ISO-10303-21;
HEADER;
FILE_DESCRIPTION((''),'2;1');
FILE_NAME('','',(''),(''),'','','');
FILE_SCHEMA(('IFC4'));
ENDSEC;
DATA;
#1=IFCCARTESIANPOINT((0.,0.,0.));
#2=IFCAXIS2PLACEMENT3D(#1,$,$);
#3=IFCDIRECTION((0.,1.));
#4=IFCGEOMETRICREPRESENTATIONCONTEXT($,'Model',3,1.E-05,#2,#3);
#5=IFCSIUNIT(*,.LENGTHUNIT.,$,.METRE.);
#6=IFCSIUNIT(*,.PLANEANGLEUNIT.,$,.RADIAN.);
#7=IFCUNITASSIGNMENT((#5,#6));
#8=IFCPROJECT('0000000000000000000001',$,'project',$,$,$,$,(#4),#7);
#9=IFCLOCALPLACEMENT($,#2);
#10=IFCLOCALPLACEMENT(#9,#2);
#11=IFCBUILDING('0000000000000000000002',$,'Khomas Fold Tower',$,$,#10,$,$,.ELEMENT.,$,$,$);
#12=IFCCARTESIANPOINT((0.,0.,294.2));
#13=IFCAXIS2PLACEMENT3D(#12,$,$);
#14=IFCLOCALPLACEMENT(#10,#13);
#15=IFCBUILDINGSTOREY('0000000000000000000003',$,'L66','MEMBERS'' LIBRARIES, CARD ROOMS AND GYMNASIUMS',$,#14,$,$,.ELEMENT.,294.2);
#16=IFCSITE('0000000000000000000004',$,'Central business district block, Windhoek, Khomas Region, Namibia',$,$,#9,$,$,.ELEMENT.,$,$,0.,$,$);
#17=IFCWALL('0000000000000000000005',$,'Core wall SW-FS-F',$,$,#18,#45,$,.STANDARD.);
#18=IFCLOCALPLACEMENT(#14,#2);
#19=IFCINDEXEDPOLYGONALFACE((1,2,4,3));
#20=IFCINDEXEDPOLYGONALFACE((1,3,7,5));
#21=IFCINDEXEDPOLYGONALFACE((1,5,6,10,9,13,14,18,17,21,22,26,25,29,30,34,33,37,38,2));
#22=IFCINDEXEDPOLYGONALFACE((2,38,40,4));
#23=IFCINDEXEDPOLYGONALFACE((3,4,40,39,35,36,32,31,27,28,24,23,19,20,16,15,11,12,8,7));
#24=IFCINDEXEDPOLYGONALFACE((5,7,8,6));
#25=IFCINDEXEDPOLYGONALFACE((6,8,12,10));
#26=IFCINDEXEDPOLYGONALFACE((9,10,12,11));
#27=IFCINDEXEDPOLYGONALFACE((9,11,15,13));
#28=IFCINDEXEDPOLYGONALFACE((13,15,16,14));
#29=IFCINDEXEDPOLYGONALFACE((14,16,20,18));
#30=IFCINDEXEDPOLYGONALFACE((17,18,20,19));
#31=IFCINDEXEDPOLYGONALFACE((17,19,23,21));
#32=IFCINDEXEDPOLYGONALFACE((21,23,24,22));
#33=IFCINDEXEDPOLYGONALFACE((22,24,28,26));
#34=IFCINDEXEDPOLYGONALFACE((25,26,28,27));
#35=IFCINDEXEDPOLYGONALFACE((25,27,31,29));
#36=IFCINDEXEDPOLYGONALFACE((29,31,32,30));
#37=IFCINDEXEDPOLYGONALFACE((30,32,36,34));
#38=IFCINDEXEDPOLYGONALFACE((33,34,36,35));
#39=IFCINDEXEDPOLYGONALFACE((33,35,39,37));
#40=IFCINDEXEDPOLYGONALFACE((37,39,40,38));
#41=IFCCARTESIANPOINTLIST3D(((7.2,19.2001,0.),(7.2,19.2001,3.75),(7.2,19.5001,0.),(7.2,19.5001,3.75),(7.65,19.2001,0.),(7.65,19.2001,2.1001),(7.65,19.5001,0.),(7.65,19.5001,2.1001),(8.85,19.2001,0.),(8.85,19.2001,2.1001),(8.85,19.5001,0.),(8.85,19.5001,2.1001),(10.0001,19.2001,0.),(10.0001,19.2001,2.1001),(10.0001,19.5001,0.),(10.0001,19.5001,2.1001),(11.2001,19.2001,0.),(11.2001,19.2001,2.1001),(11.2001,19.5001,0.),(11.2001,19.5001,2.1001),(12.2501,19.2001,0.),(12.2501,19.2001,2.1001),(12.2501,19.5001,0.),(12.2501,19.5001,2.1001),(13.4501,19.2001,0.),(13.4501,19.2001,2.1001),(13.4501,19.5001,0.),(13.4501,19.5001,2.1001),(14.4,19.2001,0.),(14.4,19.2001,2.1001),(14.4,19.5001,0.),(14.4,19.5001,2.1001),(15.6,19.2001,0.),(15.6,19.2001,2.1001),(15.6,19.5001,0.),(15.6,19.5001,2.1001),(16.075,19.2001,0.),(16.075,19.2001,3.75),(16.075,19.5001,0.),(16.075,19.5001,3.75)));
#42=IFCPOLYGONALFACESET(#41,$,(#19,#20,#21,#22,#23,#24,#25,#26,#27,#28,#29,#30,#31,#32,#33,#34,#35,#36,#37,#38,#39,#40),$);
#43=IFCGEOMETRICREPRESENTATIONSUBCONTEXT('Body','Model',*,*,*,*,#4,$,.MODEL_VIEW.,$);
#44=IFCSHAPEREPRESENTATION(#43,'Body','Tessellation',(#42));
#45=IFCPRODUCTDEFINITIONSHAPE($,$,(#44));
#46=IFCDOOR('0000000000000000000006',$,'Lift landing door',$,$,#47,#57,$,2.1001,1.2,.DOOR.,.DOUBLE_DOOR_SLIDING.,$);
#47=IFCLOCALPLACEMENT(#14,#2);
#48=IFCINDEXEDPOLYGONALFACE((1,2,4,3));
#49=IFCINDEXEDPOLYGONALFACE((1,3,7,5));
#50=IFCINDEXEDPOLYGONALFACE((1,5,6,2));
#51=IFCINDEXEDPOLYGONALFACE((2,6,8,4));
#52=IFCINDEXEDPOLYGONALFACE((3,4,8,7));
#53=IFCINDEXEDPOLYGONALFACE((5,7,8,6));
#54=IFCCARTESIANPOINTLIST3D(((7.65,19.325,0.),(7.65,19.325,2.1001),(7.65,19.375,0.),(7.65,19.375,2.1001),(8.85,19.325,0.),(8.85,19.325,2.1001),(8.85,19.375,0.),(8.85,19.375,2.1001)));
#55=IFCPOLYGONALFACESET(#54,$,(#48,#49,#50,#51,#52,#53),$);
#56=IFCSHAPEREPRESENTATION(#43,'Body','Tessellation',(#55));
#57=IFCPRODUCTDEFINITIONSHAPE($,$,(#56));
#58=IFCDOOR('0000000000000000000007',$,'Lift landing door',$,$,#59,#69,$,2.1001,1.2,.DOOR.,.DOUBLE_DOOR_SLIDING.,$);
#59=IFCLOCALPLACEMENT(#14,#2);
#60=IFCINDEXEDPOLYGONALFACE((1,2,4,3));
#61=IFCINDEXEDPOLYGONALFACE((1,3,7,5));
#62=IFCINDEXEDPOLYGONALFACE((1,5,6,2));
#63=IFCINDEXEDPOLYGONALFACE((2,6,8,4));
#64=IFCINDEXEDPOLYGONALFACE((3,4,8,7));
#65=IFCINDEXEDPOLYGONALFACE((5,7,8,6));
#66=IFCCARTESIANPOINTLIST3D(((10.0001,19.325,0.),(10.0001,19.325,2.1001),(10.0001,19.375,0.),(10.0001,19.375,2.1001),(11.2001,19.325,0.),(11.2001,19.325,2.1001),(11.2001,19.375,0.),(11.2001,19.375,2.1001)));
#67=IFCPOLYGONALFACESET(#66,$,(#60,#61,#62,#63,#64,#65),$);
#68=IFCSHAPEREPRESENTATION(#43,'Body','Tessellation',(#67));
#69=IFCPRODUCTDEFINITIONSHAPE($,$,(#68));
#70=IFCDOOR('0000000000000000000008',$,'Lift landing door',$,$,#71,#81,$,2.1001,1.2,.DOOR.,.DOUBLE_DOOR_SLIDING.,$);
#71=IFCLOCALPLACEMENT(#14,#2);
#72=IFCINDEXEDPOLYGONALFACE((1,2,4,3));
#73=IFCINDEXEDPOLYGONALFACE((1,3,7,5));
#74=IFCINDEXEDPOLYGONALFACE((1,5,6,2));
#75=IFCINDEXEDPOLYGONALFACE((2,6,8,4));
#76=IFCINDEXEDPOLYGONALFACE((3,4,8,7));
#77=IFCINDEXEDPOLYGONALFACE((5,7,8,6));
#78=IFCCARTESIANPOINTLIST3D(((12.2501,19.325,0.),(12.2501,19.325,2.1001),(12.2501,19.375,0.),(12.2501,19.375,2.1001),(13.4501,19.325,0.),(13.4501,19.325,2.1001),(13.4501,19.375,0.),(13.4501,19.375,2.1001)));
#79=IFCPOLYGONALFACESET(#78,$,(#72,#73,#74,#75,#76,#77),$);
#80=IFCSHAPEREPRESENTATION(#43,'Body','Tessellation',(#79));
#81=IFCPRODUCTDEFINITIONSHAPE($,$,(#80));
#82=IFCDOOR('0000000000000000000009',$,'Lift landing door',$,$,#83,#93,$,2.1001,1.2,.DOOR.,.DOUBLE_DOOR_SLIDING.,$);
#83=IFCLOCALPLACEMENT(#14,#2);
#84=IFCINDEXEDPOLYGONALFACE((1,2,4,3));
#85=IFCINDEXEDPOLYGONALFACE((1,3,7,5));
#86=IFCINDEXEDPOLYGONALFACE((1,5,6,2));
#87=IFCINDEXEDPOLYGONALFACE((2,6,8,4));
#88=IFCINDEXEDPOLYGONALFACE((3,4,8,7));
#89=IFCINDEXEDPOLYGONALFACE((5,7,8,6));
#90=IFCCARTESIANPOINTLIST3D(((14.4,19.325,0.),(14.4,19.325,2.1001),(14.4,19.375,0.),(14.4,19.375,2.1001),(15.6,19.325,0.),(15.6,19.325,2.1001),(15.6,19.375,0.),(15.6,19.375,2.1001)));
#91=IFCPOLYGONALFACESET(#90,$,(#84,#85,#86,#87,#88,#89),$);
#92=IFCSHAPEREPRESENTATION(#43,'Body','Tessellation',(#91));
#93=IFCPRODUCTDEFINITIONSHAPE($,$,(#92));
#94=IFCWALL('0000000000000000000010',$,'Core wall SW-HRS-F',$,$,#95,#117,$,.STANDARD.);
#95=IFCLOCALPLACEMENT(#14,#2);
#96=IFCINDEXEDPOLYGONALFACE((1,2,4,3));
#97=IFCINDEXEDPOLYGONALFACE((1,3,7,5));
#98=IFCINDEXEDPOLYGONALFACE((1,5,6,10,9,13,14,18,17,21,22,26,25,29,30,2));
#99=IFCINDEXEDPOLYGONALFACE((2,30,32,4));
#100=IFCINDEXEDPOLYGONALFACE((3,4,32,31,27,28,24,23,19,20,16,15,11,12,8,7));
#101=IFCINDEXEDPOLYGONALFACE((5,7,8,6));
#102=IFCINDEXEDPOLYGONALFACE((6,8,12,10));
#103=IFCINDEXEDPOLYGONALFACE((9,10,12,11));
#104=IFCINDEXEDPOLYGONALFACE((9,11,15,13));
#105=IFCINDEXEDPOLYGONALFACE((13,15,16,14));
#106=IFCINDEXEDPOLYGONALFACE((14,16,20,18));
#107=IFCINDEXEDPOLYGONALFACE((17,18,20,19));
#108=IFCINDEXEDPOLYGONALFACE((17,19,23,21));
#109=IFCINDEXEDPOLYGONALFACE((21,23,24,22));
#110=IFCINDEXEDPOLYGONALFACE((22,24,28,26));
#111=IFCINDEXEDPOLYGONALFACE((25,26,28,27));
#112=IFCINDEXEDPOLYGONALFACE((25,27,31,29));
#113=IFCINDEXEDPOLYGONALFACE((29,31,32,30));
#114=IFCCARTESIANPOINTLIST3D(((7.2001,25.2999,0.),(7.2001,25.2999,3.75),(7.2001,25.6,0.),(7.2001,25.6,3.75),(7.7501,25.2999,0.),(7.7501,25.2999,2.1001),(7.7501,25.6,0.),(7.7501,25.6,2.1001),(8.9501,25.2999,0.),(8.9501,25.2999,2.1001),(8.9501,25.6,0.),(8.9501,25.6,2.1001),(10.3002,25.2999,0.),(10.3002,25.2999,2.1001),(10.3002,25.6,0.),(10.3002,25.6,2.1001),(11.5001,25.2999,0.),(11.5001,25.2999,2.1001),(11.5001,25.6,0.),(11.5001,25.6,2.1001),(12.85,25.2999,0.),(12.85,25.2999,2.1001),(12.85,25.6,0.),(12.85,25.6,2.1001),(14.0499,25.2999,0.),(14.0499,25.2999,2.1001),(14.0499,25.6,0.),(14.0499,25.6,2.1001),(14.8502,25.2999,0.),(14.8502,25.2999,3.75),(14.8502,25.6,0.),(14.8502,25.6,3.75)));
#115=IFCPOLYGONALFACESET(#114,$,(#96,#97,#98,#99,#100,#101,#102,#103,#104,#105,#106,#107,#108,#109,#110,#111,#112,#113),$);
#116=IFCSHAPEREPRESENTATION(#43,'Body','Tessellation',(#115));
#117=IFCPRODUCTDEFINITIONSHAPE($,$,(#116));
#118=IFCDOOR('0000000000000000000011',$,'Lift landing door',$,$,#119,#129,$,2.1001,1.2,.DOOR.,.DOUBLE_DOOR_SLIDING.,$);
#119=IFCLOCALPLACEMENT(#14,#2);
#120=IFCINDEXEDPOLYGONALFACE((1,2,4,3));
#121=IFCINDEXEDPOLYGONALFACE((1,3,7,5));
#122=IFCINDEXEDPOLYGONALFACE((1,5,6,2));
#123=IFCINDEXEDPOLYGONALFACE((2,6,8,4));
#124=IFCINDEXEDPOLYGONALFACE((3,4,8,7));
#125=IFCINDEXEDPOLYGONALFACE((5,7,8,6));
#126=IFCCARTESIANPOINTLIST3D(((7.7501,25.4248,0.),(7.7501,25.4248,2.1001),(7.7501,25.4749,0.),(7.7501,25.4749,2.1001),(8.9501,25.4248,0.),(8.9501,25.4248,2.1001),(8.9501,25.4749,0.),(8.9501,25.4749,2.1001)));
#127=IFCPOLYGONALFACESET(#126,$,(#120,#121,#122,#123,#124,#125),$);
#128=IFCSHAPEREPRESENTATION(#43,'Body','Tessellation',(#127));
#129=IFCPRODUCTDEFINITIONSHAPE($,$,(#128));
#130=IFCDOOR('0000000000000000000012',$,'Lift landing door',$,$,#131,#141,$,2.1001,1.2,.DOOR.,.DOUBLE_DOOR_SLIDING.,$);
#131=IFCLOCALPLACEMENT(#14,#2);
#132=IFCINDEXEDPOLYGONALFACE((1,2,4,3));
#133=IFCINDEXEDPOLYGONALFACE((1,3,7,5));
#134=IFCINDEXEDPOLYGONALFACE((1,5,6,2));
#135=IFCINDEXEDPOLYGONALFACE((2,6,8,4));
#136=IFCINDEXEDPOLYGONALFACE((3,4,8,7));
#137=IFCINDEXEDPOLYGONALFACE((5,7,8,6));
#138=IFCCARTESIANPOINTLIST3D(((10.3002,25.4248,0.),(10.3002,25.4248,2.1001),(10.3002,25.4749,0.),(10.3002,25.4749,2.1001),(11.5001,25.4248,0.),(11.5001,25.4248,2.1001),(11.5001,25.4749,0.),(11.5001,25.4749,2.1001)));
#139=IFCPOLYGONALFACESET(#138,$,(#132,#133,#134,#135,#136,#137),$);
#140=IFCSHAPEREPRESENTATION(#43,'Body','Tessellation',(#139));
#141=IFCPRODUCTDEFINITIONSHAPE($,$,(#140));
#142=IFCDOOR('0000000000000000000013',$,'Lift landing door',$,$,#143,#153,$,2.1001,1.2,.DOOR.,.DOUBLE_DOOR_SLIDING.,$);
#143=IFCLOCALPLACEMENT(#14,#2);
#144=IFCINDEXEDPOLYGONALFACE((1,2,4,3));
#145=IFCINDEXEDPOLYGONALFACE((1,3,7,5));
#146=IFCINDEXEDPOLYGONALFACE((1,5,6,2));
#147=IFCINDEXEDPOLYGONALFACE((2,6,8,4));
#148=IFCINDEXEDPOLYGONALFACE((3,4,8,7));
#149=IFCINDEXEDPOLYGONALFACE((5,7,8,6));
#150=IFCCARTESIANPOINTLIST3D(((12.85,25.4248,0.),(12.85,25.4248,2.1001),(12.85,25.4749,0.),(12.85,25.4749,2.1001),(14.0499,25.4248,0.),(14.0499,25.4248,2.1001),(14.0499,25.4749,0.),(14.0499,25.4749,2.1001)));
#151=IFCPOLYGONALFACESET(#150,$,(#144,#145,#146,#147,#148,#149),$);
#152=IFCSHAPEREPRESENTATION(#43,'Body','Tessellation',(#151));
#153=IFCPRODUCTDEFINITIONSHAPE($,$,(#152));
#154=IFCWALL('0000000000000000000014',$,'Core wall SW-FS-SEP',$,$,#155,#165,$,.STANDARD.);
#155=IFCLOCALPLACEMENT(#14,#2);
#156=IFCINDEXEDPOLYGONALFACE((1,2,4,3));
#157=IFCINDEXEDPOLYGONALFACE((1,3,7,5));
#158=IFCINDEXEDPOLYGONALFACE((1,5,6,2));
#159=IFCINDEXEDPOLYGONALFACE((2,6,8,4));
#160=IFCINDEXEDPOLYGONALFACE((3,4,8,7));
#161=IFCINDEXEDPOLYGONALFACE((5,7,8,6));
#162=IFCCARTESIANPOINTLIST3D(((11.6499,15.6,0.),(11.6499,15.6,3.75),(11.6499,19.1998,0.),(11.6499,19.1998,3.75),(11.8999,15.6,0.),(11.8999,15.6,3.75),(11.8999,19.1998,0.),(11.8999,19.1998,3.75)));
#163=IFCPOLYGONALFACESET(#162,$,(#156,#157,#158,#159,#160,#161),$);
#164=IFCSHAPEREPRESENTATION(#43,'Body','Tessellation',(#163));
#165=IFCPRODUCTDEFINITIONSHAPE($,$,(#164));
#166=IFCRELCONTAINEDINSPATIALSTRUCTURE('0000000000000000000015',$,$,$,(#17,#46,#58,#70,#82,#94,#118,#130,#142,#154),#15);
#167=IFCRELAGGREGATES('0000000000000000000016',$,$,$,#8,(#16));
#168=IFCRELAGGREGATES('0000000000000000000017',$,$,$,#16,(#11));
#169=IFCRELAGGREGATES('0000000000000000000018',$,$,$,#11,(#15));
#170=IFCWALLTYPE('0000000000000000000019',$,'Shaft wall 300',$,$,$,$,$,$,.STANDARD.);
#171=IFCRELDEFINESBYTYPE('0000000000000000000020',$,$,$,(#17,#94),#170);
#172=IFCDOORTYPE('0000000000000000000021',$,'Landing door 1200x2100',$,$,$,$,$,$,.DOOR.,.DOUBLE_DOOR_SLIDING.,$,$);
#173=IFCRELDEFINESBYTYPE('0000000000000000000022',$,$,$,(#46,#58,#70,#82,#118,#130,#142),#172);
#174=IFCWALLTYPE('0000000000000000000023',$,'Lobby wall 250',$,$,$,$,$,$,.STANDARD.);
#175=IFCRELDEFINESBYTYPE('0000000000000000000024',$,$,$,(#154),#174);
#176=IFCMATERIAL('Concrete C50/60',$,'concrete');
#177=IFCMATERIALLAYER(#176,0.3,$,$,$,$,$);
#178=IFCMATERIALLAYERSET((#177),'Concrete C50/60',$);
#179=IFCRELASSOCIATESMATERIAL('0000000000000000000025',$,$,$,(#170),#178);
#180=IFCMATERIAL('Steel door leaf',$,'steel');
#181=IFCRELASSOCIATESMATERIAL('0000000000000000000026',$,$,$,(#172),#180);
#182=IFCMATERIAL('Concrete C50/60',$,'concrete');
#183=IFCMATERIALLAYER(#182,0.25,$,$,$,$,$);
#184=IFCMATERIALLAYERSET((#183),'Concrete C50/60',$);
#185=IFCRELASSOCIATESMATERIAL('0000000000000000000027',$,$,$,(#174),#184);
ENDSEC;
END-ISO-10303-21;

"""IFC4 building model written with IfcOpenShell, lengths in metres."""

from ifc_helpers import new_model, si_unit, direction, frame, frame_2d, origin, place, context, subcontext, project, spatial, rectangle, extrude, source, transform, mapped, material, layer, layer_set, type_object, element, fill, save


model = new_model("IFC4")

# Units and contexts
model_context = context("Model", 3, precision=1e-05, world=origin(), true_north=direction((0.0, 1.0)))
body_context = subcontext(model_context, "Body", "Model", "MODEL_VIEW")
ifc_project = project(units=[si_unit("LENGTHUNIT", "METRE"), si_unit("PLANEANGLEUNIT", "RADIAN")], contexts=[model_context])

# Site, building, storey
site_placement = place(None, origin())
site = spatial("IfcSite", under=ifc_project, at=site_placement, Name="Central business district block, Windhoek, Khomas Region, Namibia", CompositionType="ELEMENT", RefElevation=0.0)
building_placement = place(site_placement, origin())
building = spatial("IfcBuilding", under=site, at=building_placement, Name="Khomas Fold Tower", CompositionType="ELEMENT")
storey_placement = place(building_placement, frame((0.0, 0.0, 294.2)))
storey = spatial("IfcBuildingStorey", under=building, at=storey_placement, Name="L66", Description="MEMBERS' LIBRARIES, CARD ROOMS AND GYMNASIUMS", CompositionType="ELEMENT", Elevation=294.2)

# Shared definitions
ifc_material_1 = material(Name="Concrete C50/60", Category="concrete")
ifc_layer_1 = layer(ifc_material_1, 0.3)
ifc_layer_set_1 = layer_set([ifc_layer_1], Name="Concrete C50/60")
wall_type_1 = type_object("IfcWallType", Name="Shaft wall 300", PredefinedType="STANDARD", material=ifc_layer_set_1)

# Walls, openings, doors
shared_shape_1 = source(origin(), body_context, "Body", "SweptSolid", [
    extrude(rectangle(XDim=8.875, YDim=0.3, at=frame_2d((4.4375, 0.0))), origin(), (0.0, 0.0, 1.0), 3.75),
])
wall_1_placement = place(storey_placement, frame((7.2, 19.3501, 0.0), z_axis=(0.0, 0.0, 1.0), x_axis=(1.0, 0.0, 0.0)))
wall_1 = element("IfcWall", 1, at=wall_1_placement, inside=storey, type_object=wall_type_1, Name="Core wall SW-FS-F", PredefinedType="STANDARD", context=body_context, shape_type="MappedRepresentation", body=[
    mapped(shared_shape_1, transform((0.0, 0.0, 0.0))),
])
shared_shape_2 = source(origin(), body_context, "Body", "SweptSolid", [
    extrude(rectangle(XDim=1.2, YDim=2.1001, at=frame_2d((0.6001, 1.05))), frame((0.0, 0.1599, 0.0), z_axis=(0.0, -1.0, 0.0), x_axis=(1.0, 0.0, 0.0)), (0.0, 0.0, 1.0), 0.3201),
])
opening_1_placement = place(wall_1_placement, frame((0.45, 0.0, 0.0)))
opening_1 = element("IfcOpeningElement", 2, at=opening_1_placement, cuts=wall_1, PredefinedType="OPENING", context=body_context, shape_type="MappedRepresentation", body=[
    mapped(shared_shape_2, transform((0.0, 0.0, 0.0))),
])
opening_2_placement = place(wall_1_placement, frame((2.8, 0.0, 0.0)))
opening_2 = element("IfcOpeningElement", 3, at=opening_2_placement, cuts=wall_1, PredefinedType="OPENING", context=body_context, shape_type="MappedRepresentation", body=[
    mapped(shared_shape_2, transform((0.0, 0.0, 0.0))),
])
opening_3_placement = place(wall_1_placement, frame((5.05, 0.0, 0.0)))
opening_3 = element("IfcOpeningElement", 4, at=opening_3_placement, cuts=wall_1, PredefinedType="OPENING", context=body_context, shape_type="MappedRepresentation", body=[
    mapped(shared_shape_2, transform((0.0, 0.0, 0.0))),
])
opening_4_placement = place(wall_1_placement, frame((7.2, 0.0, 0.0)))
opening_4 = element("IfcOpeningElement", 5, at=opening_4_placement, cuts=wall_1, PredefinedType="OPENING", context=body_context, shape_type="MappedRepresentation", body=[
    mapped(shared_shape_2, transform((0.0, 0.0, 0.0))),
])
ifc_material_2 = material(Name="Steel door leaf", Category="steel")
door_type = type_object("IfcDoorType", Name="Landing door 1200x2100", OperationType="DOUBLE_DOOR_SLIDING", PredefinedType="DOOR", material=ifc_material_2)
shared_shape_3 = source(origin(), body_context, "Body", "SweptSolid", [
    extrude(rectangle(XDim=1.2, YDim=2.1001, at=frame_2d((0.6001, 1.05))), frame((0.0, 0.0249, 0.0), z_axis=(0.0, -1.0, 0.0), x_axis=(1.0, 0.0, 0.0)), (0.0, 0.0, 1.0), 0.05),
])
door_1_placement = place(opening_1_placement, origin())
door_1 = element("IfcDoor", 6, at=door_1_placement, inside=storey, type_object=door_type, Name="Lift landing door", OperationType="DOUBLE_DOOR_SLIDING", OverallHeight=2.1001, OverallWidth=1.2, PredefinedType="DOOR", context=body_context, shape_type="MappedRepresentation", body=[
    mapped(shared_shape_3, transform((0.0, 0.0, 0.0))),
])
fill(opening_1, door_1)
door_2_placement = place(opening_2_placement, origin())
door_2 = element("IfcDoor", 7, at=door_2_placement, inside=storey, type_object=door_type, Name="Lift landing door", OperationType="DOUBLE_DOOR_SLIDING", OverallHeight=2.1001, OverallWidth=1.2, PredefinedType="DOOR", context=body_context, shape_type="MappedRepresentation", body=[
    mapped(shared_shape_3, transform((0.0, 0.0, 0.0))),
])
fill(opening_2, door_2)
door_3_placement = place(opening_3_placement, origin())
door_3 = element("IfcDoor", 8, at=door_3_placement, inside=storey, type_object=door_type, Name="Lift landing door", OperationType="DOUBLE_DOOR_SLIDING", OverallHeight=2.1001, OverallWidth=1.2, PredefinedType="DOOR", context=body_context, shape_type="MappedRepresentation", body=[
    mapped(shared_shape_3, transform((0.0, 0.0, 0.0))),
])
fill(opening_3, door_3)
door_4_placement = place(opening_4_placement, origin())
door_4 = element("IfcDoor", 9, at=door_4_placement, inside=storey, type_object=door_type, Name="Lift landing door", OperationType="DOUBLE_DOOR_SLIDING", OverallHeight=2.1001, OverallWidth=1.2, PredefinedType="DOOR", context=body_context, shape_type="MappedRepresentation", body=[
    mapped(shared_shape_3, transform((0.0, 0.0, 0.0))),
])
fill(opening_4, door_4)
shared_shape_4 = source(origin(), body_context, "Body", "SweptSolid", [
    extrude(rectangle(XDim=7.6501, YDim=0.3, at=frame_2d((3.8252, 0.0))), origin(), (0.0, 0.0, 1.0), 3.75),
])
wall_2_placement = place(storey_placement, frame((7.2, 25.45, 0.0), z_axis=(0.0, 0.0, 1.0), x_axis=(1.0, 0.0, 0.0)))
wall_2 = element("IfcWall", 10, at=wall_2_placement, inside=storey, type_object=wall_type_1, Name="Core wall SW-HRS-F", PredefinedType="STANDARD", context=body_context, shape_type="MappedRepresentation", body=[
    mapped(shared_shape_4, transform((0.0, 0.0, 0.0))),
])
opening_5_placement = place(wall_2_placement, frame((0.55, 0.0, 0.0)))
opening_5 = element("IfcOpeningElement", 11, at=opening_5_placement, cuts=wall_2, PredefinedType="OPENING", context=body_context, shape_type="MappedRepresentation", body=[
    mapped(shared_shape_2, transform((0.0, 0.0, 0.0))),
])
opening_6_placement = place(wall_2_placement, frame((3.1001, 0.0, 0.0)))
opening_6 = element("IfcOpeningElement", 12, at=opening_6_placement, cuts=wall_2, PredefinedType="OPENING", context=body_context, shape_type="MappedRepresentation", body=[
    mapped(shared_shape_2, transform((0.0, 0.0, 0.0))),
])
opening_7_placement = place(wall_2_placement, frame((5.6499, 0.0, 0.0)))
opening_7 = element("IfcOpeningElement", 13, at=opening_7_placement, cuts=wall_2, PredefinedType="OPENING", context=body_context, shape_type="MappedRepresentation", body=[
    mapped(shared_shape_2, transform((0.0, 0.0, 0.0))),
])
door_5_placement = place(opening_5_placement, origin())
door_5 = element("IfcDoor", 14, at=door_5_placement, inside=storey, type_object=door_type, Name="Lift landing door", OperationType="DOUBLE_DOOR_SLIDING", OverallHeight=2.1001, OverallWidth=1.2, PredefinedType="DOOR", context=body_context, shape_type="MappedRepresentation", body=[
    mapped(shared_shape_3, transform((0.0, 0.0, 0.0))),
])
fill(opening_5, door_5)
door_6_placement = place(opening_6_placement, origin())
door_6 = element("IfcDoor", 15, at=door_6_placement, inside=storey, type_object=door_type, Name="Lift landing door", OperationType="DOUBLE_DOOR_SLIDING", OverallHeight=2.1001, OverallWidth=1.2, PredefinedType="DOOR", context=body_context, shape_type="MappedRepresentation", body=[
    mapped(shared_shape_3, transform((0.0, 0.0, 0.0))),
])
fill(opening_6, door_6)
door_7_placement = place(opening_7_placement, origin())
door_7 = element("IfcDoor", 16, at=door_7_placement, inside=storey, type_object=door_type, Name="Lift landing door", OperationType="DOUBLE_DOOR_SLIDING", OverallHeight=2.1001, OverallWidth=1.2, PredefinedType="DOOR", context=body_context, shape_type="MappedRepresentation", body=[
    mapped(shared_shape_3, transform((0.0, 0.0, 0.0))),
])
fill(opening_7, door_7)

# Wall
ifc_material_3 = material(Name="Concrete C50/60", Category="concrete")
ifc_layer_2 = layer(ifc_material_3, 0.25)
ifc_layer_set_2 = layer_set([ifc_layer_2], Name="Concrete C50/60")
wall_type_2 = type_object("IfcWallType", Name="Lobby wall 250", PredefinedType="STANDARD", material=ifc_layer_set_2)
shared_shape_5 = source(origin(), body_context, "Body", "SweptSolid", [
    extrude(rectangle(XDim=3.5999, YDim=0.25, at=frame_2d((1.7998, 0.0))), origin(), (0.0, 0.0, 1.0), 3.75),
])
wall_3_placement = place(storey_placement, frame((11.7749, 15.6001, 0.0), z_axis=(0.0, 0.0, 1.0), x_axis=(0.0, 1.0, 0.0)))
element("IfcWall", 17, at=wall_3_placement, inside=storey, type_object=wall_type_2, Name="Core wall SW-FS-SEP", PredefinedType="STANDARD", context=body_context, shape_type="MappedRepresentation", body=[
    mapped(shared_shape_5, transform((0.0, 0.0, 0.0))),
])

save(model, "model.ifc")
